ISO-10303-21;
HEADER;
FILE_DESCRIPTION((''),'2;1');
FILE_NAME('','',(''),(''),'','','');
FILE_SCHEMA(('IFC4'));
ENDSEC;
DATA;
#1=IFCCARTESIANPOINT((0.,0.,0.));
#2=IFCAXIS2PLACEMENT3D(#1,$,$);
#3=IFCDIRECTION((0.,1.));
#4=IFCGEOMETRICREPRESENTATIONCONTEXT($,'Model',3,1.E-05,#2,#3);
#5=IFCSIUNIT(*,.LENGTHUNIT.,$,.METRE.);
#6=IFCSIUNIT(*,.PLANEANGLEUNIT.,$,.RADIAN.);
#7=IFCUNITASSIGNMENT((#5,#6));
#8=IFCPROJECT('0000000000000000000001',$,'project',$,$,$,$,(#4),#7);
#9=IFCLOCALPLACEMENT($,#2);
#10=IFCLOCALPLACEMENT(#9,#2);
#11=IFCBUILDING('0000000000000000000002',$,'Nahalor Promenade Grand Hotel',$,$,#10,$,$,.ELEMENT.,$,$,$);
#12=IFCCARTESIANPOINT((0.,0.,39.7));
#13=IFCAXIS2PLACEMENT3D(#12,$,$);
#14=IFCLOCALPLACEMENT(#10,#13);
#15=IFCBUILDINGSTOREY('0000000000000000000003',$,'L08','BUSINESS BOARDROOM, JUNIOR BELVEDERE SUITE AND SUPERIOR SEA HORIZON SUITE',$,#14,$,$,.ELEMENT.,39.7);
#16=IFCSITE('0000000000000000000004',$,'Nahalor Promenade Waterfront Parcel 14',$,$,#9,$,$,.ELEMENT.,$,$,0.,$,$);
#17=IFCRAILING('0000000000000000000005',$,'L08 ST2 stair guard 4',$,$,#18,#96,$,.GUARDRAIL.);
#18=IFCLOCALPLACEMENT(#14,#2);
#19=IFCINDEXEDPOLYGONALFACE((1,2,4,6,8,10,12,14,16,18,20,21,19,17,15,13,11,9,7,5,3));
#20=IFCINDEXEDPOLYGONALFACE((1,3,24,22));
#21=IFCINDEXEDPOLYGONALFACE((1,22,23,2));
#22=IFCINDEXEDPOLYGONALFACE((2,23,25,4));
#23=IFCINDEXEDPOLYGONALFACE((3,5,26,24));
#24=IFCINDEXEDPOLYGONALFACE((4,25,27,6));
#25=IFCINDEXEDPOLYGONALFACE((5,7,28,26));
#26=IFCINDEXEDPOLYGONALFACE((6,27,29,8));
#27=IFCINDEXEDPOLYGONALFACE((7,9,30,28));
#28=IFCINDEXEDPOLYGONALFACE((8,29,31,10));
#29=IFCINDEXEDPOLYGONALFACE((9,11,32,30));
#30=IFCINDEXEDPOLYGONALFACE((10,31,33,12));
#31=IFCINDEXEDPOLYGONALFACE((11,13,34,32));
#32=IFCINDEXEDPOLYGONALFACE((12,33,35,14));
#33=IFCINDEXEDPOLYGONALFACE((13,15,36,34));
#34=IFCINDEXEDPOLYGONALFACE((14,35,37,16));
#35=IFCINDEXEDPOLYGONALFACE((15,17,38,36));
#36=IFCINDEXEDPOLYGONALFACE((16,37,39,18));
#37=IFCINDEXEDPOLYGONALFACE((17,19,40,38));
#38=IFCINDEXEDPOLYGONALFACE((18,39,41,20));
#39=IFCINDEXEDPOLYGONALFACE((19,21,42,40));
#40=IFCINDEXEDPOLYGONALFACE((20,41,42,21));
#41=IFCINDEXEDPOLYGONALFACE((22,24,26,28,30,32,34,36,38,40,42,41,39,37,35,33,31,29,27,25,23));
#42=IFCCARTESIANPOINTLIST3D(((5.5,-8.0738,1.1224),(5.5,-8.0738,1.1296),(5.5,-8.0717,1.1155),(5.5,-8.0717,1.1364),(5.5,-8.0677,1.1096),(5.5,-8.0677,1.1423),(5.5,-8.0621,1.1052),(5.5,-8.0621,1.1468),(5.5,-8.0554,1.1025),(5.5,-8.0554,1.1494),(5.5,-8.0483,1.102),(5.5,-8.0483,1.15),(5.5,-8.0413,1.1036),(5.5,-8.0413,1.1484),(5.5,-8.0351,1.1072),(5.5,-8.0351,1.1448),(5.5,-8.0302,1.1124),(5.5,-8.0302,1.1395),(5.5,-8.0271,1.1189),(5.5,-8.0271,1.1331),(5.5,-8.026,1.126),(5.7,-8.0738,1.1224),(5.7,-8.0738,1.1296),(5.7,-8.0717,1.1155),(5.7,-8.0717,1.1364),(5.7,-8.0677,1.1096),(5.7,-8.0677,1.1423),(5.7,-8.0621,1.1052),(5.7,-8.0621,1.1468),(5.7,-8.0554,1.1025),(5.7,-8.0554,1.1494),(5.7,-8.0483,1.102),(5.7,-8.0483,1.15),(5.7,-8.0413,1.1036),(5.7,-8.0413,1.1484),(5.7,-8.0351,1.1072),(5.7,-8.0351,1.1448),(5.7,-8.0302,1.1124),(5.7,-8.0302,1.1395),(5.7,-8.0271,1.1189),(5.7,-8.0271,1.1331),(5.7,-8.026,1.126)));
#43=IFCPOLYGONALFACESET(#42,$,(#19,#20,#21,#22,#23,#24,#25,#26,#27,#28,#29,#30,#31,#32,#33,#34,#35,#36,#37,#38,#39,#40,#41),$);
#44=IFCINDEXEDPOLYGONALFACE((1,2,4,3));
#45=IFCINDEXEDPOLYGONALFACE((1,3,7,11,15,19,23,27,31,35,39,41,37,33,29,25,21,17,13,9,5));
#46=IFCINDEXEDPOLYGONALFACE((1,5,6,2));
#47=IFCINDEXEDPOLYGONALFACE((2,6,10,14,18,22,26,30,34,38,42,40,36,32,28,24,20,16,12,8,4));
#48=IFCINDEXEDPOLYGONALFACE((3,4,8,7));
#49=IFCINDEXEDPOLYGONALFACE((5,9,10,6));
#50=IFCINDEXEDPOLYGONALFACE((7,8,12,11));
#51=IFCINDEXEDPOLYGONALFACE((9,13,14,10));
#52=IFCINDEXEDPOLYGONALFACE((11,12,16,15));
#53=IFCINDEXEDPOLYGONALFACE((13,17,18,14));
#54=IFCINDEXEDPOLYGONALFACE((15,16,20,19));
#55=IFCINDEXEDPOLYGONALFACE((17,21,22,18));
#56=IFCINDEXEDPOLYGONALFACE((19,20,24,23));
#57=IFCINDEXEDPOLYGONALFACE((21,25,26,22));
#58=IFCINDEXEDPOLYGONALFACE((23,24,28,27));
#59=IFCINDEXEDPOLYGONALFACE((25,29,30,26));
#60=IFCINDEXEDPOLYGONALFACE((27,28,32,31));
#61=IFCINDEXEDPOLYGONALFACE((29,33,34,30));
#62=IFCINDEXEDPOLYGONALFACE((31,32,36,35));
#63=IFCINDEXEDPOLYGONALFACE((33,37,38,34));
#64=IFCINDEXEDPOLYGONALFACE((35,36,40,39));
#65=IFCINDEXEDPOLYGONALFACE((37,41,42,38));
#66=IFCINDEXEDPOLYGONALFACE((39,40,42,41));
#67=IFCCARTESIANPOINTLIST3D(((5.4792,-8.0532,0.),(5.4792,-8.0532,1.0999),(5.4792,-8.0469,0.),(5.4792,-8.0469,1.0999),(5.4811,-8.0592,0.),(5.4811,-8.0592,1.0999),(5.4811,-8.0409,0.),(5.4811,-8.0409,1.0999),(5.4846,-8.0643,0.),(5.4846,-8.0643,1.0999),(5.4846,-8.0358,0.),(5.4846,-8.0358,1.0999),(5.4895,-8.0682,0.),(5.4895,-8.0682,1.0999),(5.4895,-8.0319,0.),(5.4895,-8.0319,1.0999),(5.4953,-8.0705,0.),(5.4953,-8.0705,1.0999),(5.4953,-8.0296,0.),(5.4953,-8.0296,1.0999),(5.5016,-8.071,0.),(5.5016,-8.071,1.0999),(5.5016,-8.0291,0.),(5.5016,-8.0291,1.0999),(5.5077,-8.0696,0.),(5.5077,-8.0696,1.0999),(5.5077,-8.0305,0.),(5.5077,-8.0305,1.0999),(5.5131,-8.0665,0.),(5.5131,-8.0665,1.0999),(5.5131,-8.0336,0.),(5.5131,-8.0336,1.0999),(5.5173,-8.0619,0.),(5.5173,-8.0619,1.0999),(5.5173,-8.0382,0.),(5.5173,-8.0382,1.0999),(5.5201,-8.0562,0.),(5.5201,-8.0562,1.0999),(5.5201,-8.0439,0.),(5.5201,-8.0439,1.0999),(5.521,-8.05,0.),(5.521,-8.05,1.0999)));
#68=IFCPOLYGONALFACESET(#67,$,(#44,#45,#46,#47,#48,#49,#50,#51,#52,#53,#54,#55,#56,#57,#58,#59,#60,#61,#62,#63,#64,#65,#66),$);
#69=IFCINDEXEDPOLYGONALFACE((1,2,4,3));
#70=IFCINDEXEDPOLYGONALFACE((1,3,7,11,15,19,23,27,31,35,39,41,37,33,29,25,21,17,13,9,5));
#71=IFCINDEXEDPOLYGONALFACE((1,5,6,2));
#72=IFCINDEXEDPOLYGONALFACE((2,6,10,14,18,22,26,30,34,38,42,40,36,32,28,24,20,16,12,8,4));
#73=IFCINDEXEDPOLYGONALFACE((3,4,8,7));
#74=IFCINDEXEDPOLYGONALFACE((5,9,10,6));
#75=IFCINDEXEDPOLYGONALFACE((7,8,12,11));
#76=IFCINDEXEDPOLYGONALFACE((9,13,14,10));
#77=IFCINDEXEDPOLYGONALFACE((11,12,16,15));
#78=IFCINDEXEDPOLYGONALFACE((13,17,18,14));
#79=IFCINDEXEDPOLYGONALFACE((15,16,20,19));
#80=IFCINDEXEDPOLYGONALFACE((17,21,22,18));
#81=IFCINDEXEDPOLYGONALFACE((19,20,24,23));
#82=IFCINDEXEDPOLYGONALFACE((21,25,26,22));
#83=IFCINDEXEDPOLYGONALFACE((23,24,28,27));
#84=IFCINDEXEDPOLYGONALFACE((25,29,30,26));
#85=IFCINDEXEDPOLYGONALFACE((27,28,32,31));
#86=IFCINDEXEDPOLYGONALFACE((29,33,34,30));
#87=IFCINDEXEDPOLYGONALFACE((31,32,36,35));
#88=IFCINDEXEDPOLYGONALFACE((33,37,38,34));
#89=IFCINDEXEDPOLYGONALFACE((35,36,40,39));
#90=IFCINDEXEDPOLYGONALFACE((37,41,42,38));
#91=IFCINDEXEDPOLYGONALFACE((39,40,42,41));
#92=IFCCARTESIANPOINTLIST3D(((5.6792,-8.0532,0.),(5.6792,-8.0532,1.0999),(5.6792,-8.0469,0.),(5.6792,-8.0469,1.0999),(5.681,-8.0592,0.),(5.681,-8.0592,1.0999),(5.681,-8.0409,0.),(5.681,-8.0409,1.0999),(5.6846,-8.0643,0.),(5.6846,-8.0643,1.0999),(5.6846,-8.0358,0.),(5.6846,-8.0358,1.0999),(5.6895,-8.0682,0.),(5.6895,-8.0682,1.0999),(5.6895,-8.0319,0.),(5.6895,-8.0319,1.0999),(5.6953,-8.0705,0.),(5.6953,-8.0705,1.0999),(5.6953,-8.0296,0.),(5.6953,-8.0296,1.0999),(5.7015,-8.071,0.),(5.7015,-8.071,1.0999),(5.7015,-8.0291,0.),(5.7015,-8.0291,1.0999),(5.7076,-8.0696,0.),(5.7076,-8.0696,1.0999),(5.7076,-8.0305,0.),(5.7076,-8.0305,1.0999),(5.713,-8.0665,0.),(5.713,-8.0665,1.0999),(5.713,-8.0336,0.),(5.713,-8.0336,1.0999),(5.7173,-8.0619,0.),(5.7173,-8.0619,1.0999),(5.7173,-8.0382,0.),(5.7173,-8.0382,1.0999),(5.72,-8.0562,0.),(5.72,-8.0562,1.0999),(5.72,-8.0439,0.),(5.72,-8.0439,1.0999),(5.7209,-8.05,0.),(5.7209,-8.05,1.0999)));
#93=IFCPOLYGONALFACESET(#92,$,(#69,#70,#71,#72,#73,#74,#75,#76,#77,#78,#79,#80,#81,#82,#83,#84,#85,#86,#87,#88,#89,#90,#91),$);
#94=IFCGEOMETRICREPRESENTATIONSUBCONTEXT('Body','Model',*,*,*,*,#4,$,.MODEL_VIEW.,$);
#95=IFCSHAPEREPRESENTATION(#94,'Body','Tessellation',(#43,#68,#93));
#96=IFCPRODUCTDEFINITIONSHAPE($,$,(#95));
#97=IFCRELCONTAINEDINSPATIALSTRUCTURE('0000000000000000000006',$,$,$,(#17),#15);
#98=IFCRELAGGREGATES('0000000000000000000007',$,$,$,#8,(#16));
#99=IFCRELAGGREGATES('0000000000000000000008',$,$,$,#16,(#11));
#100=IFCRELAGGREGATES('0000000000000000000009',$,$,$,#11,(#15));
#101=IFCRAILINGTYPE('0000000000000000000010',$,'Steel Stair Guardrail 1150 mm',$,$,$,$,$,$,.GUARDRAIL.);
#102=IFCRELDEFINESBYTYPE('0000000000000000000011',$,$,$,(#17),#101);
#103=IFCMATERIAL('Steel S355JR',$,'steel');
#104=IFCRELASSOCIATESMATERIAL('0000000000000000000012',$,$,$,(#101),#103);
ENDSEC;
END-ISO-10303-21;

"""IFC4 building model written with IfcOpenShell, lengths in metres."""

from ifc_helpers import new_model, si_unit, direction, frame, origin, origin_2d, place, context, subcontext, project, spatial, circle, extrude, material, type_object, element, save


model = new_model("IFC4")

# Units and contexts
model_context = context("Model", 3, precision=1e-05, world=origin(), true_north=direction((0.0, 1.0)))
body_context = subcontext(model_context, "Body", "Model", "MODEL_VIEW")
ifc_project = project(units=[si_unit("LENGTHUNIT", "METRE"), si_unit("PLANEANGLEUNIT", "RADIAN")], contexts=[model_context])

# Site, building, storey
site_placement = place(None, origin())
site = spatial("IfcSite", under=ifc_project, at=site_placement, Name="Nahalor Promenade Waterfront Parcel 14", CompositionType="ELEMENT", RefElevation=0.0)
building_placement = place(site_placement, origin())
building = spatial("IfcBuilding", under=site, at=building_placement, Name="Nahalor Promenade Grand Hotel", CompositionType="ELEMENT")
storey_placement = place(building_placement, frame((0.0, 0.0, 39.7)))
storey = spatial("IfcBuildingStorey", under=building, at=storey_placement, Name="L08", Description="BUSINESS BOARDROOM, JUNIOR BELVEDERE SUITE AND SUPERIOR SEA HORIZON SUITE", CompositionType="ELEMENT", Elevation=39.7)

# Shared definitions
ifc_material_1 = material(Name="Steel S355JR", Category="steel")

# Railing
railing_type_1 = type_object("IfcRailingType", Name="Steel Stair Guardrail 1150 mm", PredefinedType="GUARDRAIL", material=ifc_material_1)
railing_1_placement = place(storey_placement, frame((5.5, -8.05, 0.0)))
element("IfcRailing", 1, at=railing_1_placement, inside=storey, type_object=railing_type_1, Name="L08 ST2 stair guard 4", PredefinedType="GUARDRAIL", context=body_context, shape_type="SweptSolid", body=[
    extrude(circle(Radius=0.024, at=origin_2d()), frame((0.0, 0.0, 1.126), z_axis=(1.0, 0.0, 0.0), x_axis=(0.0, 1.0, 0.0)), (0.0, 0.0, 1.0), 0.2),
    extrude(circle(Radius=0.021, at=origin_2d()), origin(), (0.0, 0.0, 1.0), 1.0999),
    extrude(circle(Radius=0.021, at=origin_2d()), frame((0.2, 0.0, 0.0)), (0.0, 0.0, 1.0), 1.0999),
])

save(model, "model.ifc")
